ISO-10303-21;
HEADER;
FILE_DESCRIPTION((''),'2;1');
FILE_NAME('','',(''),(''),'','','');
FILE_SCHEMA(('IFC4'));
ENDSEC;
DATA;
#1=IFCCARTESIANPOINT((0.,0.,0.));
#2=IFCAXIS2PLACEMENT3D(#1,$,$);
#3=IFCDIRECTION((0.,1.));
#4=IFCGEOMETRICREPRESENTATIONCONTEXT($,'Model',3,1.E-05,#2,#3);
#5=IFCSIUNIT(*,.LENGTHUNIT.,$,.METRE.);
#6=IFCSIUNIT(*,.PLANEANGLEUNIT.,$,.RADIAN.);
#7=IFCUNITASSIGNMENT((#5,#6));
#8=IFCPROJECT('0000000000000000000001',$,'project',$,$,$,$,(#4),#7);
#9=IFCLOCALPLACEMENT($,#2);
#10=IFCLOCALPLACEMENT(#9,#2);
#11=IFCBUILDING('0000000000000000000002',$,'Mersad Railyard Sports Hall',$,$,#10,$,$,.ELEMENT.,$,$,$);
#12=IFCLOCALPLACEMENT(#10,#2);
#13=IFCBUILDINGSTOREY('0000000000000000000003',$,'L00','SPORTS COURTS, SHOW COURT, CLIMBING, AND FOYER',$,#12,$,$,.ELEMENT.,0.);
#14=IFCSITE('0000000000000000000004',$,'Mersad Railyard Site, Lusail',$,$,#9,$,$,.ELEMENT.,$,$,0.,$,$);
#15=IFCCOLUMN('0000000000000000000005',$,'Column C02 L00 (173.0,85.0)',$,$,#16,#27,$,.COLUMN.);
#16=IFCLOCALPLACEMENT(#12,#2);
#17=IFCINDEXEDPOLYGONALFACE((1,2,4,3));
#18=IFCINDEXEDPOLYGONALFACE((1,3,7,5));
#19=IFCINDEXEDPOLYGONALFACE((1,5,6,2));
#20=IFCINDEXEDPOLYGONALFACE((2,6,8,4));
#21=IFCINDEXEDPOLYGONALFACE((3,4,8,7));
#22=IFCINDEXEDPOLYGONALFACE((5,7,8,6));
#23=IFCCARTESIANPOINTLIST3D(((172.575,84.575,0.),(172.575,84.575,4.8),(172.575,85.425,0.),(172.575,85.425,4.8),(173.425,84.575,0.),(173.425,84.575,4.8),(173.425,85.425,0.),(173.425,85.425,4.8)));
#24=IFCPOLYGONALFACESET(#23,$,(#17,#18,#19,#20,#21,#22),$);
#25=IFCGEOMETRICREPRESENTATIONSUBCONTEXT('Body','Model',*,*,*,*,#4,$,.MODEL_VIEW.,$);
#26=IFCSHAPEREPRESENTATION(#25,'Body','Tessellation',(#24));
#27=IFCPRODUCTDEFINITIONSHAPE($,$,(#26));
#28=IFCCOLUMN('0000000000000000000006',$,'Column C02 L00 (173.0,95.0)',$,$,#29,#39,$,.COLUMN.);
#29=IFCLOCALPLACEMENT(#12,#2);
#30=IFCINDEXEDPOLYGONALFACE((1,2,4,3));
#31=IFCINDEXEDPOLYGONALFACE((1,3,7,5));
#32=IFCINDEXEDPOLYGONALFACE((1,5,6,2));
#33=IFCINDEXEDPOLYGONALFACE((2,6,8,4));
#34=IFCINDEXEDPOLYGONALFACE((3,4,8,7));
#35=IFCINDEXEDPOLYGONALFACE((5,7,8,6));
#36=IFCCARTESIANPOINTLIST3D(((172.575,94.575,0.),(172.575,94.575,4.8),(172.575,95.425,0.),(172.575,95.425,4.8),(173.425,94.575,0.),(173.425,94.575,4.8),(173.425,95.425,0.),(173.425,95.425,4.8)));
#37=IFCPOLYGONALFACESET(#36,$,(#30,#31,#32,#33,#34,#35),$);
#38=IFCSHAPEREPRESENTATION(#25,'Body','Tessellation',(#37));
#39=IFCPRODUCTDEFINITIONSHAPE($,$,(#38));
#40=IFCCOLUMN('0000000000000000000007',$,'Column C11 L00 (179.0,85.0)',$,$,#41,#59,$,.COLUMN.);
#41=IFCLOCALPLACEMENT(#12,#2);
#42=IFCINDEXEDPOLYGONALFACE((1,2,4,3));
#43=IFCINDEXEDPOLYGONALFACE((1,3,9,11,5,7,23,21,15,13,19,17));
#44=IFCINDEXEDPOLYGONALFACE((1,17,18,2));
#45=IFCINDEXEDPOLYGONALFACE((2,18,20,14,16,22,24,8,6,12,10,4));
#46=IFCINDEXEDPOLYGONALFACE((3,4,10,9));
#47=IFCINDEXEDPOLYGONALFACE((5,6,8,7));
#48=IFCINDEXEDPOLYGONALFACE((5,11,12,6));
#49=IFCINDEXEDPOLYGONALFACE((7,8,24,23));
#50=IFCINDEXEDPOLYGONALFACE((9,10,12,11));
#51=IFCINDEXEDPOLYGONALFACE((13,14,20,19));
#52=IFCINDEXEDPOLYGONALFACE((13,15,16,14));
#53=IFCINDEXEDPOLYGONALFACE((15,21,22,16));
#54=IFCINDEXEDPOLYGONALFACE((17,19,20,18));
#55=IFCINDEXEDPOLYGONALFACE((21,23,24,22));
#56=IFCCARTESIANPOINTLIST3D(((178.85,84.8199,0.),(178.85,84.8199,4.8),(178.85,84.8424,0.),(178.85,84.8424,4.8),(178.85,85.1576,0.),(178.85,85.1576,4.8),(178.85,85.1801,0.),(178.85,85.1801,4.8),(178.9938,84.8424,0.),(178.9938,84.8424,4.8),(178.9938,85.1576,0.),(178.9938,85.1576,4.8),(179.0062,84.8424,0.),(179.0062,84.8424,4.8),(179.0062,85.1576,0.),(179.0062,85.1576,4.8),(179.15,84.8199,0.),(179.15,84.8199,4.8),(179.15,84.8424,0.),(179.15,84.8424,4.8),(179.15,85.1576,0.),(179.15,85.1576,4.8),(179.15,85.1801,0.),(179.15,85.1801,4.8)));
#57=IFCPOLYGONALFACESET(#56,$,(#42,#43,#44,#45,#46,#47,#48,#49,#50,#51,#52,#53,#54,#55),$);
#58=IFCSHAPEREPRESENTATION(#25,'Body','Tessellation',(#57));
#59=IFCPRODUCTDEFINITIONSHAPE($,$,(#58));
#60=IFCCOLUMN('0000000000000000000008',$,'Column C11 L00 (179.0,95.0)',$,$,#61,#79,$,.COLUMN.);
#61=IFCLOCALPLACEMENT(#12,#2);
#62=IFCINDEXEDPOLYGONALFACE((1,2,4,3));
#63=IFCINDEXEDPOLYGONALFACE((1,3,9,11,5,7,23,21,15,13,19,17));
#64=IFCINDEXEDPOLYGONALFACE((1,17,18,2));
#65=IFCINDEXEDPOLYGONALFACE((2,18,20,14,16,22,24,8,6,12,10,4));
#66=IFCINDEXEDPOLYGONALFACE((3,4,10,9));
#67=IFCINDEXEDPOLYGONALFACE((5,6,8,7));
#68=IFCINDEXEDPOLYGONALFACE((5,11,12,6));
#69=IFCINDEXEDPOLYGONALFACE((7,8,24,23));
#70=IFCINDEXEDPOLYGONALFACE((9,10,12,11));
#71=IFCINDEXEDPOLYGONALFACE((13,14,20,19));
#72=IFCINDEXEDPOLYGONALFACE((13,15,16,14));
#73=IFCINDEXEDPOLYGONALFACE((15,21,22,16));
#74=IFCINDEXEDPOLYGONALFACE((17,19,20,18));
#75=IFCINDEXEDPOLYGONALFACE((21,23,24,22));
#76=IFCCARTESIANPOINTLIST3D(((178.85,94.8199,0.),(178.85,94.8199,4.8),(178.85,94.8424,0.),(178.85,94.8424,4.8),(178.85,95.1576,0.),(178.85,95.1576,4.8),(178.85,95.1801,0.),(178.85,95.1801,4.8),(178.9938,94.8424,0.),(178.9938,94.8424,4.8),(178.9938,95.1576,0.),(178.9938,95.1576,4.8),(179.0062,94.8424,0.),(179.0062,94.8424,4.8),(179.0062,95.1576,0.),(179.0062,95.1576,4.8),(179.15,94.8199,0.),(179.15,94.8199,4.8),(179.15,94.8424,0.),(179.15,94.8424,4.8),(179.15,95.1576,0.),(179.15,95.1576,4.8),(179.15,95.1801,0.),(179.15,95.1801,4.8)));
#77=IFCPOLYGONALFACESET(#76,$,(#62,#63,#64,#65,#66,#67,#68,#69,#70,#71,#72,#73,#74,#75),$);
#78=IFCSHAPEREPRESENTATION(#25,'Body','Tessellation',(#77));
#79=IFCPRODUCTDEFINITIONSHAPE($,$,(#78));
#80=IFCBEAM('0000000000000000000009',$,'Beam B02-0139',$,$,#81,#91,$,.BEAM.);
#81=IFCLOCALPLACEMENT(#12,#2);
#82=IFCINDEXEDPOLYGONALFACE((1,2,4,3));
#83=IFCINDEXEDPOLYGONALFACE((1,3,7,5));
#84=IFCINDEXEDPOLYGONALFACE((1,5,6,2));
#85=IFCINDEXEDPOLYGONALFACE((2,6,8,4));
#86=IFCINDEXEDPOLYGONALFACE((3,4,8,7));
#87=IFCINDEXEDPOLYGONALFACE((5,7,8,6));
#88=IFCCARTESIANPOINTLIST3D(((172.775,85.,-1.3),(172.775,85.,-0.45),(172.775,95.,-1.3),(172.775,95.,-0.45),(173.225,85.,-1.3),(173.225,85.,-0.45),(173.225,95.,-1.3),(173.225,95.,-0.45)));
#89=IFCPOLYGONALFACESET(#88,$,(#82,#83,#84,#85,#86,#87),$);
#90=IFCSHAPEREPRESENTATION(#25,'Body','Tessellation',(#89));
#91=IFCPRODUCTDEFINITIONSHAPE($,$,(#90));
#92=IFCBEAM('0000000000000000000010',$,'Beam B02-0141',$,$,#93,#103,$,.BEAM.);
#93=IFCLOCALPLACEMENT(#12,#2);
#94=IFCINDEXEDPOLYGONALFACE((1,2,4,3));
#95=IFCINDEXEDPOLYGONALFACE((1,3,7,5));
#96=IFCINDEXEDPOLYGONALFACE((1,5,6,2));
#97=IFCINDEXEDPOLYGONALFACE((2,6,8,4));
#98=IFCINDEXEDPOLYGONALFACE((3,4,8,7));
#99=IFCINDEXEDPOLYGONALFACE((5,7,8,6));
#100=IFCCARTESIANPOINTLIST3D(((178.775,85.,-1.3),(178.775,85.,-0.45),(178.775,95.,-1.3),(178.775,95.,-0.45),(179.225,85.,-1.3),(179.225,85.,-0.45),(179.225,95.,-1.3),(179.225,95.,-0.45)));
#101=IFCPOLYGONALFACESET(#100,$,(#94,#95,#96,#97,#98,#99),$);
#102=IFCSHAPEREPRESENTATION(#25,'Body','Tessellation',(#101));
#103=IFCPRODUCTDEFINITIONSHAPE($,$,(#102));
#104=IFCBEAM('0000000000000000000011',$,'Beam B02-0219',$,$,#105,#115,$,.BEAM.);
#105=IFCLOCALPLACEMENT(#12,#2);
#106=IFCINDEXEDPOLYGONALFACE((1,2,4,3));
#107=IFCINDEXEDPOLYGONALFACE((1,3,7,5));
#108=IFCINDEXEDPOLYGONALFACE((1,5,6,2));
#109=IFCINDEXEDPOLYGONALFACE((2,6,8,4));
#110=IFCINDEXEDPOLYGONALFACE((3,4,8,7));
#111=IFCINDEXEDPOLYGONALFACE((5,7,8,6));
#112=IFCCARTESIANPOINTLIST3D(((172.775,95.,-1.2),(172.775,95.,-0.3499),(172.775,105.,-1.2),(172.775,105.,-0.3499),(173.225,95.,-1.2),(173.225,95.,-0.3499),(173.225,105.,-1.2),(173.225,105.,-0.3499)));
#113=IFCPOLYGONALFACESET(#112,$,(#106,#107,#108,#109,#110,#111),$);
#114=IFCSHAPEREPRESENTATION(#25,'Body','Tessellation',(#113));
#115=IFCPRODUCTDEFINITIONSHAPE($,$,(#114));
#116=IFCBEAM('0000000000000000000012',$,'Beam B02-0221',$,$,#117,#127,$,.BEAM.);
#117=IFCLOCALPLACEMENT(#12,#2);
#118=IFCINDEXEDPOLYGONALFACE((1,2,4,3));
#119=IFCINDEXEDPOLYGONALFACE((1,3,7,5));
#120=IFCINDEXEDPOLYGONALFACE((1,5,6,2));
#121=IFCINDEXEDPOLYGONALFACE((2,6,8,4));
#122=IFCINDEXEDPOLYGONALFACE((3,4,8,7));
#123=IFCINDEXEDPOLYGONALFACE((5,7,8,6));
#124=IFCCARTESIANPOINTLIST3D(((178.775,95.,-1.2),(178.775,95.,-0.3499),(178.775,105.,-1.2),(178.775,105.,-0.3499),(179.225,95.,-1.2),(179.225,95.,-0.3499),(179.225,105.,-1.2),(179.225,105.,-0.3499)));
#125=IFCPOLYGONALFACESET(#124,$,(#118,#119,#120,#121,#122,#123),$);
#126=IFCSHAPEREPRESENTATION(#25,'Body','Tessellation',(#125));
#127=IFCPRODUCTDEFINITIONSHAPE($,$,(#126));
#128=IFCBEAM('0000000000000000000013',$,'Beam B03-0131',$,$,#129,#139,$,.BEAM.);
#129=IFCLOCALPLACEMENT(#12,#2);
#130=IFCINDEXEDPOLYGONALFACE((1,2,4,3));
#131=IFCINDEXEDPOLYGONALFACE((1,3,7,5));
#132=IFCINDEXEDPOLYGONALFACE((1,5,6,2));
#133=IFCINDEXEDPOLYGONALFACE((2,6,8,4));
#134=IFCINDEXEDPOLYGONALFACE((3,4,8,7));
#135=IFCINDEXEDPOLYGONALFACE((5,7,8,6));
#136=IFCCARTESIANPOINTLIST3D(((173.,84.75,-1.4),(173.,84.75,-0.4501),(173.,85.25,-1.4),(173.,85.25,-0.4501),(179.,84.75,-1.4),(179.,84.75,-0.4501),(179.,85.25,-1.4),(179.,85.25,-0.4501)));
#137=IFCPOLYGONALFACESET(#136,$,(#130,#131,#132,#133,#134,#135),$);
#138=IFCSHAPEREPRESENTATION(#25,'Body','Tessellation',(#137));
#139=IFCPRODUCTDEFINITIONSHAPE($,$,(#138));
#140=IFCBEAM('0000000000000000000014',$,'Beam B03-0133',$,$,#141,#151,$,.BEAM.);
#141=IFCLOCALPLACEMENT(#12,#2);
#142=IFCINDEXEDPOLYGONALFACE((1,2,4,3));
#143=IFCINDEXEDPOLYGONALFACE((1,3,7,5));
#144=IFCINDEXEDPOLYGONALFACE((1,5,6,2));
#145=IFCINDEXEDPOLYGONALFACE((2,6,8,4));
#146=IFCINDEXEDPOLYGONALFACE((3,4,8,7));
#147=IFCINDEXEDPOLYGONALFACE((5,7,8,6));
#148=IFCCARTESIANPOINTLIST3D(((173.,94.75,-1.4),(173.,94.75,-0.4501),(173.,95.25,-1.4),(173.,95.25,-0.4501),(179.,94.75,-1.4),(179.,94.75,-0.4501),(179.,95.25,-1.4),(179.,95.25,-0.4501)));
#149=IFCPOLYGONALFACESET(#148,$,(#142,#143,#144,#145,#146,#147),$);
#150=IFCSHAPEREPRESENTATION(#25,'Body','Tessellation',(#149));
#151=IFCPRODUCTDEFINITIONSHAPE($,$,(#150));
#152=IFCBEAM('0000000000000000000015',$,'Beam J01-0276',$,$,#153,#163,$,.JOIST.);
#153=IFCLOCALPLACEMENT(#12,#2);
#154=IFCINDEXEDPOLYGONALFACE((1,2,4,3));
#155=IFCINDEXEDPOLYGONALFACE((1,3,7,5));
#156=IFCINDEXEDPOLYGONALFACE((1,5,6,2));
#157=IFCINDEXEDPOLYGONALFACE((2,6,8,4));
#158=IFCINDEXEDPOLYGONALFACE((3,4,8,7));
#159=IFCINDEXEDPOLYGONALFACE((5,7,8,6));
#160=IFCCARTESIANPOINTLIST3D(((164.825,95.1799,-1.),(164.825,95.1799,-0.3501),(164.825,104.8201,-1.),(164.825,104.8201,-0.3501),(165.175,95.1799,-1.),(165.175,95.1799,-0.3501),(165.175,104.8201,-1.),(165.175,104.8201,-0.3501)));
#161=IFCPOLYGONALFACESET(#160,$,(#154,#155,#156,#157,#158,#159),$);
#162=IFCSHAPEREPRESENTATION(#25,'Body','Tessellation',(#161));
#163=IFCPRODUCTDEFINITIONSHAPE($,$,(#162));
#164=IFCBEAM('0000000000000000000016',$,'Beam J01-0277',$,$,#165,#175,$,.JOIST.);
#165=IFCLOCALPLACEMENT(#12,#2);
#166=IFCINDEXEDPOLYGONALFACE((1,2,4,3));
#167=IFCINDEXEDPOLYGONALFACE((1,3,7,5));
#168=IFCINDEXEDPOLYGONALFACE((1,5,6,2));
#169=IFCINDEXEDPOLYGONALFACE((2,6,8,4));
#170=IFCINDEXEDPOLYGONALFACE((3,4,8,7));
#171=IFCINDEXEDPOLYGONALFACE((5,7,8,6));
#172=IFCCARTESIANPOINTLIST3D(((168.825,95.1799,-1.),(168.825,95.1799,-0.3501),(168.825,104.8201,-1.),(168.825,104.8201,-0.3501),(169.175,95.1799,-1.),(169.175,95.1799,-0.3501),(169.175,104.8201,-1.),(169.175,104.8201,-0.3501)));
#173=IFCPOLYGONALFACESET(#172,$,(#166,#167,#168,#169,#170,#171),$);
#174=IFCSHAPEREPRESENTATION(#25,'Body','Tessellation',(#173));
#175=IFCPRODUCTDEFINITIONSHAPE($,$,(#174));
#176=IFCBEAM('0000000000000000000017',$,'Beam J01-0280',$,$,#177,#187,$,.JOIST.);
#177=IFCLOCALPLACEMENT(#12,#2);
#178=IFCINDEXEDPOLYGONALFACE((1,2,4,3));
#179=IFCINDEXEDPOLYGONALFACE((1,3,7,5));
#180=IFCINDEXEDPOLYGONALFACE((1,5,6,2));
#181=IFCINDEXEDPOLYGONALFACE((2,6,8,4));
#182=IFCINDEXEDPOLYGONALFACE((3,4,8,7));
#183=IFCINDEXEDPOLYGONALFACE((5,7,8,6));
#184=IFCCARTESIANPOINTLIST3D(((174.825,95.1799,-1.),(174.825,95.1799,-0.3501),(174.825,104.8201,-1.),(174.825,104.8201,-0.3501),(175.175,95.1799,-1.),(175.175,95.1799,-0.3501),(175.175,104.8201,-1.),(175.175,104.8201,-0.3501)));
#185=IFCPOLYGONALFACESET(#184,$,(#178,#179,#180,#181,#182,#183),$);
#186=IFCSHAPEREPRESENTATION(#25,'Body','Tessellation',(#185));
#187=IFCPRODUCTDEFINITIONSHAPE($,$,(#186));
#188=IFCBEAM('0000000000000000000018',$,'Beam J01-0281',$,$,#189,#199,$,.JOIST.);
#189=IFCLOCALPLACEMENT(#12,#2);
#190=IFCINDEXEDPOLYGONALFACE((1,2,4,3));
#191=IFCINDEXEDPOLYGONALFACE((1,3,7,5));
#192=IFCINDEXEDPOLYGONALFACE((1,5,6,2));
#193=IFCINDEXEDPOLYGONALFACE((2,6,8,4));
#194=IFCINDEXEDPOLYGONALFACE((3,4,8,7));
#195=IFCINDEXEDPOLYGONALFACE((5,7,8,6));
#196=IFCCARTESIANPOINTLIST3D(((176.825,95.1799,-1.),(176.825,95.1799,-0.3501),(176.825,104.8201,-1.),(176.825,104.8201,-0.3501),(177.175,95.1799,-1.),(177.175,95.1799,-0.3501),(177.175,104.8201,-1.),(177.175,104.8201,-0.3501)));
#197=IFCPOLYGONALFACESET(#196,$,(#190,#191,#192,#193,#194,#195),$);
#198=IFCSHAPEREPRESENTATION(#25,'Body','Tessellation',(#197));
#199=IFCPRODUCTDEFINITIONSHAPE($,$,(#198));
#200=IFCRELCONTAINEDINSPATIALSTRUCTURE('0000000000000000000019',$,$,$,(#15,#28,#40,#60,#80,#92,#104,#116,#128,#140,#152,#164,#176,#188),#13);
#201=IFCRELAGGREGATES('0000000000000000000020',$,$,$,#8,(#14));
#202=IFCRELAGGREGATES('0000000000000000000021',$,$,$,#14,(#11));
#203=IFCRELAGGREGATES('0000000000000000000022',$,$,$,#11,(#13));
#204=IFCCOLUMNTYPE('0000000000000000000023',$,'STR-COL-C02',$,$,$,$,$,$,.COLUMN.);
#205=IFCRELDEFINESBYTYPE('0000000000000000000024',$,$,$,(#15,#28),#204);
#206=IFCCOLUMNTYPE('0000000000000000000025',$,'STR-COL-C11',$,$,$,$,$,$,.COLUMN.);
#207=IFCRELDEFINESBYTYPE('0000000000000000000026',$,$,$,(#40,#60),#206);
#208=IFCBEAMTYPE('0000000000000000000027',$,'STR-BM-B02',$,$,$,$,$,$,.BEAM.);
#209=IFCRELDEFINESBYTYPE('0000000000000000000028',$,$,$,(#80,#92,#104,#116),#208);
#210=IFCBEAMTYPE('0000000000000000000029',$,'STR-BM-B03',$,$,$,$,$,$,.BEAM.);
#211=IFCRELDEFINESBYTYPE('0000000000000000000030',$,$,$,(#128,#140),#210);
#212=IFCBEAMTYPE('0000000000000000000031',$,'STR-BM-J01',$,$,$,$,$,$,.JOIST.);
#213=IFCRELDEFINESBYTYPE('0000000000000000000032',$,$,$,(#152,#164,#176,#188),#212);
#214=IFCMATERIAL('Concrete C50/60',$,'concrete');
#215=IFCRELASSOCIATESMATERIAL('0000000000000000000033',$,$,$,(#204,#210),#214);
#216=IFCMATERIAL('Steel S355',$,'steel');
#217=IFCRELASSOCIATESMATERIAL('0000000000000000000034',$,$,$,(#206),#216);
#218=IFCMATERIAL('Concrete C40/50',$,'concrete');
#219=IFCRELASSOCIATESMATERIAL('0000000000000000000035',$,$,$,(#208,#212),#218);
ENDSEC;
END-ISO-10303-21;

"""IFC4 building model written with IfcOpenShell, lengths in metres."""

from ifc_helpers import new_model, si_unit, direction, frame, origin, origin_2d, place, context, subcontext, project, spatial, rectangle, i_section, extrude, material, material_profile, profile_set, type_object, element, save


model = new_model("IFC4")

# Units and contexts
model_context = context("Model", 3, precision=1e-05, world=origin(), true_north=direction((0.0, 1.0)))
body_context = subcontext(model_context, "Body", "Model", "MODEL_VIEW")
ifc_project = project(units=[si_unit("LENGTHUNIT", "METRE"), si_unit("PLANEANGLEUNIT", "RADIAN")], contexts=[model_context])

# Site, building, storey
site_placement = place(None, origin())
site = spatial("IfcSite", under=ifc_project, at=site_placement, Name="Mersad Railyard Site, Lusail", CompositionType="ELEMENT", RefElevation=0.0)
building_placement = place(site_placement, origin())
building = spatial("IfcBuilding", under=site, at=building_placement, Name="Mersad Railyard Sports Hall", CompositionType="ELEMENT")
storey_placement = place(building_placement, origin())
storey = spatial("IfcBuildingStorey", under=building, at=storey_placement, Name="L00", Description="SPORTS COURTS, SHOW COURT, CLIMBING, AND FOYER", CompositionType="ELEMENT", Elevation=0.0)

# Columns
ifc_material_1 = material(Name="Concrete C50/60", Category="concrete")
ifc_material_profile_1 = material_profile(ifc_material_1, rectangle(XDim=0.8501, YDim=0.8501, at=origin_2d()), Name="RC 850x850")
ifc_profile_set_1 = profile_set([ifc_material_profile_1], Name="Concrete C50/60")
column_type_1 = type_object("IfcColumnType", Name="STR-COL-C02", PredefinedType="COLUMN", material=ifc_profile_set_1)
for number, where, z_axis, x_axis, name in (
    (1, (173.0, 85.0, 0.0), (0.0, 0.0, 1.0), (1.0, 0.0, 0.0), "Column C02 L00 (173.0,85.0)"),
    (2, (173.0, 95.0, 0.0), (0.0, 0.0, 1.0), (1.0, 0.0, 0.0), "Column C02 L00 (173.0,95.0)"),
):
    element("IfcColumn", number, at=place(storey_placement, frame(where, z_axis=z_axis, x_axis=x_axis)), inside=storey, type_object=column_type_1, Name=name, PredefinedType="COLUMN", context=body_context, shape_type="SweptSolid", body=[
        extrude(rectangle(XDim=0.8501, YDim=0.8501, at=origin_2d()), origin(), (0.0, 0.0, 1.0), 4.8),
    ])
ifc_material_2 = material(Name="Steel S355", Category="steel")
ifc_material_profile_2 = material_profile(ifc_material_2, i_section(OverallWidth=0.3, OverallDepth=0.3601, WebThickness=0.0125, FlangeThickness=0.0225, at=origin_2d()), Name="HEB 360")
ifc_profile_set_2 = profile_set([ifc_material_profile_2], Name="Steel S355")
column_type_2 = type_object("IfcColumnType", Name="STR-COL-C11", PredefinedType="COLUMN", material=ifc_profile_set_2)
for number, where, z_axis, x_axis, name in (
    (3, (179.0, 85.0, 0.0), (0.0, 0.0, 1.0), (1.0, 0.0, 0.0), "Column C11 L00 (179.0,85.0)"),
    (4, (179.0, 95.0, 0.0), (0.0, 0.0, 1.0), (1.0, 0.0, 0.0), "Column C11 L00 (179.0,95.0)"),
):
    element("IfcColumn", number, at=place(storey_placement, frame(where, z_axis=z_axis, x_axis=x_axis)), inside=storey, type_object=column_type_2, Name=name, PredefinedType="COLUMN", context=body_context, shape_type="SweptSolid", body=[
        extrude(i_section(OverallWidth=0.3, OverallDepth=0.3601, WebThickness=0.0125, FlangeThickness=0.0225, at=origin_2d()), origin(), (0.0, 0.0, 1.0), 4.8),
    ])

# Beams
ifc_material_3 = material(Name="Concrete C40/50", Category="concrete")
ifc_material_profile_3 = material_profile(ifc_material_3, rectangle(XDim=0.45, YDim=0.8501, at=origin_2d()), Name="RC 450x850")
ifc_profile_set_3 = profile_set([ifc_material_profile_3], Name="Concrete C40/50")
beam_type_1 = type_object("IfcBeamType", Name="STR-BM-B02", PredefinedType="BEAM", material=ifc_profile_set_3)
for number, where, z_axis, x_axis, name in (
    (5, (173.0, 85.0, -0.875), (0.0, 1.0, 0.0), (-1.0, 0.0, 0.0), "Beam B02-0139"),
    (6, (179.0, 85.0, -0.875), (0.0, 1.0, 0.0), (-1.0, 0.0, 0.0), "Beam B02-0141"),
    (7, (173.0, 95.0, -0.7749), (0.0, 1.0, 0.0), (-1.0, 0.0, 0.0), "Beam B02-0219"),
    (8, (179.0, 95.0, -0.7749), (0.0, 1.0, 0.0), (-1.0, 0.0, 0.0), "Beam B02-0221"),
):
    element("IfcBeam", number, at=place(storey_placement, frame(where, z_axis=z_axis, x_axis=x_axis)), inside=storey, type_object=beam_type_1, Name=name, PredefinedType="BEAM", context=body_context, shape_type="SweptSolid", body=[
        extrude(rectangle(XDim=0.45, YDim=0.8501, at=origin_2d()), origin(), (0.0, 0.0, 1.0), 10.0),
    ])
ifc_material_profile_4 = material_profile(ifc_material_1, rectangle(XDim=0.5, YDim=0.95, at=origin_2d()), Name="RC 500x950")
ifc_profile_set_4 = profile_set([ifc_material_profile_4], Name="Concrete C50/60")
beam_type_2 = type_object("IfcBeamType", Name="STR-BM-B03", PredefinedType="BEAM", material=ifc_profile_set_4)
for number, where, z_axis, x_axis, name in (
    (9, (173.0, 85.0, -0.925), (1.0, 0.0, 0.0), (0.0, 1.0, 0.0), "Beam B03-0131"),
    (10, (173.0, 95.0, -0.925), (1.0, 0.0, 0.0), (0.0, 1.0, 0.0), "Beam B03-0133"),
):
    element("IfcBeam", number, at=place(storey_placement, frame(where, z_axis=z_axis, x_axis=x_axis)), inside=storey, type_object=beam_type_2, Name=name, PredefinedType="BEAM", context=body_context, shape_type="SweptSolid", body=[
        extrude(rectangle(XDim=0.5, YDim=0.95, at=origin_2d()), origin(), (0.0, 0.0, 1.0), 6.0),
    ])
ifc_material_profile_5 = material_profile(ifc_material_3, rectangle(XDim=0.3501, YDim=0.6499, at=origin_2d()), Name="RC 350x650")
ifc_profile_set_5 = profile_set([ifc_material_profile_5], Name="Concrete C40/50")
beam_type_3 = type_object("IfcBeamType", Name="STR-BM-J01", PredefinedType="JOIST", material=ifc_profile_set_5)
for number, where, z_axis, x_axis, name in (
    (11, (165.0, 95.1799, -0.675), (0.0, 1.0, 0.0), (-1.0, 0.0, 0.0), "Beam J01-0276"),
    (12, (169.0, 95.1799, -0.675), (0.0, 1.0, 0.0), (-1.0, 0.0, 0.0), "Beam J01-0277"),
    (13, (175.0, 95.1799, -0.675), (0.0, 1.0, 0.0), (-1.0, 0.0, 0.0), "Beam J01-0280"),
    (14, (177.0, 95.1799, -0.675), (0.0, 1.0, 0.0), (-1.0, 0.0, 0.0), "Beam J01-0281"),
):
    element("IfcBeam", number, at=place(storey_placement, frame(where, z_axis=z_axis, x_axis=x_axis)), inside=storey, type_object=beam_type_3, Name=name, PredefinedType="JOIST", context=body_context, shape_type="SweptSolid", body=[
        extrude(rectangle(XDim=0.3501, YDim=0.6499, at=origin_2d()), origin(), (0.0, 0.0, 1.0), 9.6401),
    ])

save(model, "model.ifc")
